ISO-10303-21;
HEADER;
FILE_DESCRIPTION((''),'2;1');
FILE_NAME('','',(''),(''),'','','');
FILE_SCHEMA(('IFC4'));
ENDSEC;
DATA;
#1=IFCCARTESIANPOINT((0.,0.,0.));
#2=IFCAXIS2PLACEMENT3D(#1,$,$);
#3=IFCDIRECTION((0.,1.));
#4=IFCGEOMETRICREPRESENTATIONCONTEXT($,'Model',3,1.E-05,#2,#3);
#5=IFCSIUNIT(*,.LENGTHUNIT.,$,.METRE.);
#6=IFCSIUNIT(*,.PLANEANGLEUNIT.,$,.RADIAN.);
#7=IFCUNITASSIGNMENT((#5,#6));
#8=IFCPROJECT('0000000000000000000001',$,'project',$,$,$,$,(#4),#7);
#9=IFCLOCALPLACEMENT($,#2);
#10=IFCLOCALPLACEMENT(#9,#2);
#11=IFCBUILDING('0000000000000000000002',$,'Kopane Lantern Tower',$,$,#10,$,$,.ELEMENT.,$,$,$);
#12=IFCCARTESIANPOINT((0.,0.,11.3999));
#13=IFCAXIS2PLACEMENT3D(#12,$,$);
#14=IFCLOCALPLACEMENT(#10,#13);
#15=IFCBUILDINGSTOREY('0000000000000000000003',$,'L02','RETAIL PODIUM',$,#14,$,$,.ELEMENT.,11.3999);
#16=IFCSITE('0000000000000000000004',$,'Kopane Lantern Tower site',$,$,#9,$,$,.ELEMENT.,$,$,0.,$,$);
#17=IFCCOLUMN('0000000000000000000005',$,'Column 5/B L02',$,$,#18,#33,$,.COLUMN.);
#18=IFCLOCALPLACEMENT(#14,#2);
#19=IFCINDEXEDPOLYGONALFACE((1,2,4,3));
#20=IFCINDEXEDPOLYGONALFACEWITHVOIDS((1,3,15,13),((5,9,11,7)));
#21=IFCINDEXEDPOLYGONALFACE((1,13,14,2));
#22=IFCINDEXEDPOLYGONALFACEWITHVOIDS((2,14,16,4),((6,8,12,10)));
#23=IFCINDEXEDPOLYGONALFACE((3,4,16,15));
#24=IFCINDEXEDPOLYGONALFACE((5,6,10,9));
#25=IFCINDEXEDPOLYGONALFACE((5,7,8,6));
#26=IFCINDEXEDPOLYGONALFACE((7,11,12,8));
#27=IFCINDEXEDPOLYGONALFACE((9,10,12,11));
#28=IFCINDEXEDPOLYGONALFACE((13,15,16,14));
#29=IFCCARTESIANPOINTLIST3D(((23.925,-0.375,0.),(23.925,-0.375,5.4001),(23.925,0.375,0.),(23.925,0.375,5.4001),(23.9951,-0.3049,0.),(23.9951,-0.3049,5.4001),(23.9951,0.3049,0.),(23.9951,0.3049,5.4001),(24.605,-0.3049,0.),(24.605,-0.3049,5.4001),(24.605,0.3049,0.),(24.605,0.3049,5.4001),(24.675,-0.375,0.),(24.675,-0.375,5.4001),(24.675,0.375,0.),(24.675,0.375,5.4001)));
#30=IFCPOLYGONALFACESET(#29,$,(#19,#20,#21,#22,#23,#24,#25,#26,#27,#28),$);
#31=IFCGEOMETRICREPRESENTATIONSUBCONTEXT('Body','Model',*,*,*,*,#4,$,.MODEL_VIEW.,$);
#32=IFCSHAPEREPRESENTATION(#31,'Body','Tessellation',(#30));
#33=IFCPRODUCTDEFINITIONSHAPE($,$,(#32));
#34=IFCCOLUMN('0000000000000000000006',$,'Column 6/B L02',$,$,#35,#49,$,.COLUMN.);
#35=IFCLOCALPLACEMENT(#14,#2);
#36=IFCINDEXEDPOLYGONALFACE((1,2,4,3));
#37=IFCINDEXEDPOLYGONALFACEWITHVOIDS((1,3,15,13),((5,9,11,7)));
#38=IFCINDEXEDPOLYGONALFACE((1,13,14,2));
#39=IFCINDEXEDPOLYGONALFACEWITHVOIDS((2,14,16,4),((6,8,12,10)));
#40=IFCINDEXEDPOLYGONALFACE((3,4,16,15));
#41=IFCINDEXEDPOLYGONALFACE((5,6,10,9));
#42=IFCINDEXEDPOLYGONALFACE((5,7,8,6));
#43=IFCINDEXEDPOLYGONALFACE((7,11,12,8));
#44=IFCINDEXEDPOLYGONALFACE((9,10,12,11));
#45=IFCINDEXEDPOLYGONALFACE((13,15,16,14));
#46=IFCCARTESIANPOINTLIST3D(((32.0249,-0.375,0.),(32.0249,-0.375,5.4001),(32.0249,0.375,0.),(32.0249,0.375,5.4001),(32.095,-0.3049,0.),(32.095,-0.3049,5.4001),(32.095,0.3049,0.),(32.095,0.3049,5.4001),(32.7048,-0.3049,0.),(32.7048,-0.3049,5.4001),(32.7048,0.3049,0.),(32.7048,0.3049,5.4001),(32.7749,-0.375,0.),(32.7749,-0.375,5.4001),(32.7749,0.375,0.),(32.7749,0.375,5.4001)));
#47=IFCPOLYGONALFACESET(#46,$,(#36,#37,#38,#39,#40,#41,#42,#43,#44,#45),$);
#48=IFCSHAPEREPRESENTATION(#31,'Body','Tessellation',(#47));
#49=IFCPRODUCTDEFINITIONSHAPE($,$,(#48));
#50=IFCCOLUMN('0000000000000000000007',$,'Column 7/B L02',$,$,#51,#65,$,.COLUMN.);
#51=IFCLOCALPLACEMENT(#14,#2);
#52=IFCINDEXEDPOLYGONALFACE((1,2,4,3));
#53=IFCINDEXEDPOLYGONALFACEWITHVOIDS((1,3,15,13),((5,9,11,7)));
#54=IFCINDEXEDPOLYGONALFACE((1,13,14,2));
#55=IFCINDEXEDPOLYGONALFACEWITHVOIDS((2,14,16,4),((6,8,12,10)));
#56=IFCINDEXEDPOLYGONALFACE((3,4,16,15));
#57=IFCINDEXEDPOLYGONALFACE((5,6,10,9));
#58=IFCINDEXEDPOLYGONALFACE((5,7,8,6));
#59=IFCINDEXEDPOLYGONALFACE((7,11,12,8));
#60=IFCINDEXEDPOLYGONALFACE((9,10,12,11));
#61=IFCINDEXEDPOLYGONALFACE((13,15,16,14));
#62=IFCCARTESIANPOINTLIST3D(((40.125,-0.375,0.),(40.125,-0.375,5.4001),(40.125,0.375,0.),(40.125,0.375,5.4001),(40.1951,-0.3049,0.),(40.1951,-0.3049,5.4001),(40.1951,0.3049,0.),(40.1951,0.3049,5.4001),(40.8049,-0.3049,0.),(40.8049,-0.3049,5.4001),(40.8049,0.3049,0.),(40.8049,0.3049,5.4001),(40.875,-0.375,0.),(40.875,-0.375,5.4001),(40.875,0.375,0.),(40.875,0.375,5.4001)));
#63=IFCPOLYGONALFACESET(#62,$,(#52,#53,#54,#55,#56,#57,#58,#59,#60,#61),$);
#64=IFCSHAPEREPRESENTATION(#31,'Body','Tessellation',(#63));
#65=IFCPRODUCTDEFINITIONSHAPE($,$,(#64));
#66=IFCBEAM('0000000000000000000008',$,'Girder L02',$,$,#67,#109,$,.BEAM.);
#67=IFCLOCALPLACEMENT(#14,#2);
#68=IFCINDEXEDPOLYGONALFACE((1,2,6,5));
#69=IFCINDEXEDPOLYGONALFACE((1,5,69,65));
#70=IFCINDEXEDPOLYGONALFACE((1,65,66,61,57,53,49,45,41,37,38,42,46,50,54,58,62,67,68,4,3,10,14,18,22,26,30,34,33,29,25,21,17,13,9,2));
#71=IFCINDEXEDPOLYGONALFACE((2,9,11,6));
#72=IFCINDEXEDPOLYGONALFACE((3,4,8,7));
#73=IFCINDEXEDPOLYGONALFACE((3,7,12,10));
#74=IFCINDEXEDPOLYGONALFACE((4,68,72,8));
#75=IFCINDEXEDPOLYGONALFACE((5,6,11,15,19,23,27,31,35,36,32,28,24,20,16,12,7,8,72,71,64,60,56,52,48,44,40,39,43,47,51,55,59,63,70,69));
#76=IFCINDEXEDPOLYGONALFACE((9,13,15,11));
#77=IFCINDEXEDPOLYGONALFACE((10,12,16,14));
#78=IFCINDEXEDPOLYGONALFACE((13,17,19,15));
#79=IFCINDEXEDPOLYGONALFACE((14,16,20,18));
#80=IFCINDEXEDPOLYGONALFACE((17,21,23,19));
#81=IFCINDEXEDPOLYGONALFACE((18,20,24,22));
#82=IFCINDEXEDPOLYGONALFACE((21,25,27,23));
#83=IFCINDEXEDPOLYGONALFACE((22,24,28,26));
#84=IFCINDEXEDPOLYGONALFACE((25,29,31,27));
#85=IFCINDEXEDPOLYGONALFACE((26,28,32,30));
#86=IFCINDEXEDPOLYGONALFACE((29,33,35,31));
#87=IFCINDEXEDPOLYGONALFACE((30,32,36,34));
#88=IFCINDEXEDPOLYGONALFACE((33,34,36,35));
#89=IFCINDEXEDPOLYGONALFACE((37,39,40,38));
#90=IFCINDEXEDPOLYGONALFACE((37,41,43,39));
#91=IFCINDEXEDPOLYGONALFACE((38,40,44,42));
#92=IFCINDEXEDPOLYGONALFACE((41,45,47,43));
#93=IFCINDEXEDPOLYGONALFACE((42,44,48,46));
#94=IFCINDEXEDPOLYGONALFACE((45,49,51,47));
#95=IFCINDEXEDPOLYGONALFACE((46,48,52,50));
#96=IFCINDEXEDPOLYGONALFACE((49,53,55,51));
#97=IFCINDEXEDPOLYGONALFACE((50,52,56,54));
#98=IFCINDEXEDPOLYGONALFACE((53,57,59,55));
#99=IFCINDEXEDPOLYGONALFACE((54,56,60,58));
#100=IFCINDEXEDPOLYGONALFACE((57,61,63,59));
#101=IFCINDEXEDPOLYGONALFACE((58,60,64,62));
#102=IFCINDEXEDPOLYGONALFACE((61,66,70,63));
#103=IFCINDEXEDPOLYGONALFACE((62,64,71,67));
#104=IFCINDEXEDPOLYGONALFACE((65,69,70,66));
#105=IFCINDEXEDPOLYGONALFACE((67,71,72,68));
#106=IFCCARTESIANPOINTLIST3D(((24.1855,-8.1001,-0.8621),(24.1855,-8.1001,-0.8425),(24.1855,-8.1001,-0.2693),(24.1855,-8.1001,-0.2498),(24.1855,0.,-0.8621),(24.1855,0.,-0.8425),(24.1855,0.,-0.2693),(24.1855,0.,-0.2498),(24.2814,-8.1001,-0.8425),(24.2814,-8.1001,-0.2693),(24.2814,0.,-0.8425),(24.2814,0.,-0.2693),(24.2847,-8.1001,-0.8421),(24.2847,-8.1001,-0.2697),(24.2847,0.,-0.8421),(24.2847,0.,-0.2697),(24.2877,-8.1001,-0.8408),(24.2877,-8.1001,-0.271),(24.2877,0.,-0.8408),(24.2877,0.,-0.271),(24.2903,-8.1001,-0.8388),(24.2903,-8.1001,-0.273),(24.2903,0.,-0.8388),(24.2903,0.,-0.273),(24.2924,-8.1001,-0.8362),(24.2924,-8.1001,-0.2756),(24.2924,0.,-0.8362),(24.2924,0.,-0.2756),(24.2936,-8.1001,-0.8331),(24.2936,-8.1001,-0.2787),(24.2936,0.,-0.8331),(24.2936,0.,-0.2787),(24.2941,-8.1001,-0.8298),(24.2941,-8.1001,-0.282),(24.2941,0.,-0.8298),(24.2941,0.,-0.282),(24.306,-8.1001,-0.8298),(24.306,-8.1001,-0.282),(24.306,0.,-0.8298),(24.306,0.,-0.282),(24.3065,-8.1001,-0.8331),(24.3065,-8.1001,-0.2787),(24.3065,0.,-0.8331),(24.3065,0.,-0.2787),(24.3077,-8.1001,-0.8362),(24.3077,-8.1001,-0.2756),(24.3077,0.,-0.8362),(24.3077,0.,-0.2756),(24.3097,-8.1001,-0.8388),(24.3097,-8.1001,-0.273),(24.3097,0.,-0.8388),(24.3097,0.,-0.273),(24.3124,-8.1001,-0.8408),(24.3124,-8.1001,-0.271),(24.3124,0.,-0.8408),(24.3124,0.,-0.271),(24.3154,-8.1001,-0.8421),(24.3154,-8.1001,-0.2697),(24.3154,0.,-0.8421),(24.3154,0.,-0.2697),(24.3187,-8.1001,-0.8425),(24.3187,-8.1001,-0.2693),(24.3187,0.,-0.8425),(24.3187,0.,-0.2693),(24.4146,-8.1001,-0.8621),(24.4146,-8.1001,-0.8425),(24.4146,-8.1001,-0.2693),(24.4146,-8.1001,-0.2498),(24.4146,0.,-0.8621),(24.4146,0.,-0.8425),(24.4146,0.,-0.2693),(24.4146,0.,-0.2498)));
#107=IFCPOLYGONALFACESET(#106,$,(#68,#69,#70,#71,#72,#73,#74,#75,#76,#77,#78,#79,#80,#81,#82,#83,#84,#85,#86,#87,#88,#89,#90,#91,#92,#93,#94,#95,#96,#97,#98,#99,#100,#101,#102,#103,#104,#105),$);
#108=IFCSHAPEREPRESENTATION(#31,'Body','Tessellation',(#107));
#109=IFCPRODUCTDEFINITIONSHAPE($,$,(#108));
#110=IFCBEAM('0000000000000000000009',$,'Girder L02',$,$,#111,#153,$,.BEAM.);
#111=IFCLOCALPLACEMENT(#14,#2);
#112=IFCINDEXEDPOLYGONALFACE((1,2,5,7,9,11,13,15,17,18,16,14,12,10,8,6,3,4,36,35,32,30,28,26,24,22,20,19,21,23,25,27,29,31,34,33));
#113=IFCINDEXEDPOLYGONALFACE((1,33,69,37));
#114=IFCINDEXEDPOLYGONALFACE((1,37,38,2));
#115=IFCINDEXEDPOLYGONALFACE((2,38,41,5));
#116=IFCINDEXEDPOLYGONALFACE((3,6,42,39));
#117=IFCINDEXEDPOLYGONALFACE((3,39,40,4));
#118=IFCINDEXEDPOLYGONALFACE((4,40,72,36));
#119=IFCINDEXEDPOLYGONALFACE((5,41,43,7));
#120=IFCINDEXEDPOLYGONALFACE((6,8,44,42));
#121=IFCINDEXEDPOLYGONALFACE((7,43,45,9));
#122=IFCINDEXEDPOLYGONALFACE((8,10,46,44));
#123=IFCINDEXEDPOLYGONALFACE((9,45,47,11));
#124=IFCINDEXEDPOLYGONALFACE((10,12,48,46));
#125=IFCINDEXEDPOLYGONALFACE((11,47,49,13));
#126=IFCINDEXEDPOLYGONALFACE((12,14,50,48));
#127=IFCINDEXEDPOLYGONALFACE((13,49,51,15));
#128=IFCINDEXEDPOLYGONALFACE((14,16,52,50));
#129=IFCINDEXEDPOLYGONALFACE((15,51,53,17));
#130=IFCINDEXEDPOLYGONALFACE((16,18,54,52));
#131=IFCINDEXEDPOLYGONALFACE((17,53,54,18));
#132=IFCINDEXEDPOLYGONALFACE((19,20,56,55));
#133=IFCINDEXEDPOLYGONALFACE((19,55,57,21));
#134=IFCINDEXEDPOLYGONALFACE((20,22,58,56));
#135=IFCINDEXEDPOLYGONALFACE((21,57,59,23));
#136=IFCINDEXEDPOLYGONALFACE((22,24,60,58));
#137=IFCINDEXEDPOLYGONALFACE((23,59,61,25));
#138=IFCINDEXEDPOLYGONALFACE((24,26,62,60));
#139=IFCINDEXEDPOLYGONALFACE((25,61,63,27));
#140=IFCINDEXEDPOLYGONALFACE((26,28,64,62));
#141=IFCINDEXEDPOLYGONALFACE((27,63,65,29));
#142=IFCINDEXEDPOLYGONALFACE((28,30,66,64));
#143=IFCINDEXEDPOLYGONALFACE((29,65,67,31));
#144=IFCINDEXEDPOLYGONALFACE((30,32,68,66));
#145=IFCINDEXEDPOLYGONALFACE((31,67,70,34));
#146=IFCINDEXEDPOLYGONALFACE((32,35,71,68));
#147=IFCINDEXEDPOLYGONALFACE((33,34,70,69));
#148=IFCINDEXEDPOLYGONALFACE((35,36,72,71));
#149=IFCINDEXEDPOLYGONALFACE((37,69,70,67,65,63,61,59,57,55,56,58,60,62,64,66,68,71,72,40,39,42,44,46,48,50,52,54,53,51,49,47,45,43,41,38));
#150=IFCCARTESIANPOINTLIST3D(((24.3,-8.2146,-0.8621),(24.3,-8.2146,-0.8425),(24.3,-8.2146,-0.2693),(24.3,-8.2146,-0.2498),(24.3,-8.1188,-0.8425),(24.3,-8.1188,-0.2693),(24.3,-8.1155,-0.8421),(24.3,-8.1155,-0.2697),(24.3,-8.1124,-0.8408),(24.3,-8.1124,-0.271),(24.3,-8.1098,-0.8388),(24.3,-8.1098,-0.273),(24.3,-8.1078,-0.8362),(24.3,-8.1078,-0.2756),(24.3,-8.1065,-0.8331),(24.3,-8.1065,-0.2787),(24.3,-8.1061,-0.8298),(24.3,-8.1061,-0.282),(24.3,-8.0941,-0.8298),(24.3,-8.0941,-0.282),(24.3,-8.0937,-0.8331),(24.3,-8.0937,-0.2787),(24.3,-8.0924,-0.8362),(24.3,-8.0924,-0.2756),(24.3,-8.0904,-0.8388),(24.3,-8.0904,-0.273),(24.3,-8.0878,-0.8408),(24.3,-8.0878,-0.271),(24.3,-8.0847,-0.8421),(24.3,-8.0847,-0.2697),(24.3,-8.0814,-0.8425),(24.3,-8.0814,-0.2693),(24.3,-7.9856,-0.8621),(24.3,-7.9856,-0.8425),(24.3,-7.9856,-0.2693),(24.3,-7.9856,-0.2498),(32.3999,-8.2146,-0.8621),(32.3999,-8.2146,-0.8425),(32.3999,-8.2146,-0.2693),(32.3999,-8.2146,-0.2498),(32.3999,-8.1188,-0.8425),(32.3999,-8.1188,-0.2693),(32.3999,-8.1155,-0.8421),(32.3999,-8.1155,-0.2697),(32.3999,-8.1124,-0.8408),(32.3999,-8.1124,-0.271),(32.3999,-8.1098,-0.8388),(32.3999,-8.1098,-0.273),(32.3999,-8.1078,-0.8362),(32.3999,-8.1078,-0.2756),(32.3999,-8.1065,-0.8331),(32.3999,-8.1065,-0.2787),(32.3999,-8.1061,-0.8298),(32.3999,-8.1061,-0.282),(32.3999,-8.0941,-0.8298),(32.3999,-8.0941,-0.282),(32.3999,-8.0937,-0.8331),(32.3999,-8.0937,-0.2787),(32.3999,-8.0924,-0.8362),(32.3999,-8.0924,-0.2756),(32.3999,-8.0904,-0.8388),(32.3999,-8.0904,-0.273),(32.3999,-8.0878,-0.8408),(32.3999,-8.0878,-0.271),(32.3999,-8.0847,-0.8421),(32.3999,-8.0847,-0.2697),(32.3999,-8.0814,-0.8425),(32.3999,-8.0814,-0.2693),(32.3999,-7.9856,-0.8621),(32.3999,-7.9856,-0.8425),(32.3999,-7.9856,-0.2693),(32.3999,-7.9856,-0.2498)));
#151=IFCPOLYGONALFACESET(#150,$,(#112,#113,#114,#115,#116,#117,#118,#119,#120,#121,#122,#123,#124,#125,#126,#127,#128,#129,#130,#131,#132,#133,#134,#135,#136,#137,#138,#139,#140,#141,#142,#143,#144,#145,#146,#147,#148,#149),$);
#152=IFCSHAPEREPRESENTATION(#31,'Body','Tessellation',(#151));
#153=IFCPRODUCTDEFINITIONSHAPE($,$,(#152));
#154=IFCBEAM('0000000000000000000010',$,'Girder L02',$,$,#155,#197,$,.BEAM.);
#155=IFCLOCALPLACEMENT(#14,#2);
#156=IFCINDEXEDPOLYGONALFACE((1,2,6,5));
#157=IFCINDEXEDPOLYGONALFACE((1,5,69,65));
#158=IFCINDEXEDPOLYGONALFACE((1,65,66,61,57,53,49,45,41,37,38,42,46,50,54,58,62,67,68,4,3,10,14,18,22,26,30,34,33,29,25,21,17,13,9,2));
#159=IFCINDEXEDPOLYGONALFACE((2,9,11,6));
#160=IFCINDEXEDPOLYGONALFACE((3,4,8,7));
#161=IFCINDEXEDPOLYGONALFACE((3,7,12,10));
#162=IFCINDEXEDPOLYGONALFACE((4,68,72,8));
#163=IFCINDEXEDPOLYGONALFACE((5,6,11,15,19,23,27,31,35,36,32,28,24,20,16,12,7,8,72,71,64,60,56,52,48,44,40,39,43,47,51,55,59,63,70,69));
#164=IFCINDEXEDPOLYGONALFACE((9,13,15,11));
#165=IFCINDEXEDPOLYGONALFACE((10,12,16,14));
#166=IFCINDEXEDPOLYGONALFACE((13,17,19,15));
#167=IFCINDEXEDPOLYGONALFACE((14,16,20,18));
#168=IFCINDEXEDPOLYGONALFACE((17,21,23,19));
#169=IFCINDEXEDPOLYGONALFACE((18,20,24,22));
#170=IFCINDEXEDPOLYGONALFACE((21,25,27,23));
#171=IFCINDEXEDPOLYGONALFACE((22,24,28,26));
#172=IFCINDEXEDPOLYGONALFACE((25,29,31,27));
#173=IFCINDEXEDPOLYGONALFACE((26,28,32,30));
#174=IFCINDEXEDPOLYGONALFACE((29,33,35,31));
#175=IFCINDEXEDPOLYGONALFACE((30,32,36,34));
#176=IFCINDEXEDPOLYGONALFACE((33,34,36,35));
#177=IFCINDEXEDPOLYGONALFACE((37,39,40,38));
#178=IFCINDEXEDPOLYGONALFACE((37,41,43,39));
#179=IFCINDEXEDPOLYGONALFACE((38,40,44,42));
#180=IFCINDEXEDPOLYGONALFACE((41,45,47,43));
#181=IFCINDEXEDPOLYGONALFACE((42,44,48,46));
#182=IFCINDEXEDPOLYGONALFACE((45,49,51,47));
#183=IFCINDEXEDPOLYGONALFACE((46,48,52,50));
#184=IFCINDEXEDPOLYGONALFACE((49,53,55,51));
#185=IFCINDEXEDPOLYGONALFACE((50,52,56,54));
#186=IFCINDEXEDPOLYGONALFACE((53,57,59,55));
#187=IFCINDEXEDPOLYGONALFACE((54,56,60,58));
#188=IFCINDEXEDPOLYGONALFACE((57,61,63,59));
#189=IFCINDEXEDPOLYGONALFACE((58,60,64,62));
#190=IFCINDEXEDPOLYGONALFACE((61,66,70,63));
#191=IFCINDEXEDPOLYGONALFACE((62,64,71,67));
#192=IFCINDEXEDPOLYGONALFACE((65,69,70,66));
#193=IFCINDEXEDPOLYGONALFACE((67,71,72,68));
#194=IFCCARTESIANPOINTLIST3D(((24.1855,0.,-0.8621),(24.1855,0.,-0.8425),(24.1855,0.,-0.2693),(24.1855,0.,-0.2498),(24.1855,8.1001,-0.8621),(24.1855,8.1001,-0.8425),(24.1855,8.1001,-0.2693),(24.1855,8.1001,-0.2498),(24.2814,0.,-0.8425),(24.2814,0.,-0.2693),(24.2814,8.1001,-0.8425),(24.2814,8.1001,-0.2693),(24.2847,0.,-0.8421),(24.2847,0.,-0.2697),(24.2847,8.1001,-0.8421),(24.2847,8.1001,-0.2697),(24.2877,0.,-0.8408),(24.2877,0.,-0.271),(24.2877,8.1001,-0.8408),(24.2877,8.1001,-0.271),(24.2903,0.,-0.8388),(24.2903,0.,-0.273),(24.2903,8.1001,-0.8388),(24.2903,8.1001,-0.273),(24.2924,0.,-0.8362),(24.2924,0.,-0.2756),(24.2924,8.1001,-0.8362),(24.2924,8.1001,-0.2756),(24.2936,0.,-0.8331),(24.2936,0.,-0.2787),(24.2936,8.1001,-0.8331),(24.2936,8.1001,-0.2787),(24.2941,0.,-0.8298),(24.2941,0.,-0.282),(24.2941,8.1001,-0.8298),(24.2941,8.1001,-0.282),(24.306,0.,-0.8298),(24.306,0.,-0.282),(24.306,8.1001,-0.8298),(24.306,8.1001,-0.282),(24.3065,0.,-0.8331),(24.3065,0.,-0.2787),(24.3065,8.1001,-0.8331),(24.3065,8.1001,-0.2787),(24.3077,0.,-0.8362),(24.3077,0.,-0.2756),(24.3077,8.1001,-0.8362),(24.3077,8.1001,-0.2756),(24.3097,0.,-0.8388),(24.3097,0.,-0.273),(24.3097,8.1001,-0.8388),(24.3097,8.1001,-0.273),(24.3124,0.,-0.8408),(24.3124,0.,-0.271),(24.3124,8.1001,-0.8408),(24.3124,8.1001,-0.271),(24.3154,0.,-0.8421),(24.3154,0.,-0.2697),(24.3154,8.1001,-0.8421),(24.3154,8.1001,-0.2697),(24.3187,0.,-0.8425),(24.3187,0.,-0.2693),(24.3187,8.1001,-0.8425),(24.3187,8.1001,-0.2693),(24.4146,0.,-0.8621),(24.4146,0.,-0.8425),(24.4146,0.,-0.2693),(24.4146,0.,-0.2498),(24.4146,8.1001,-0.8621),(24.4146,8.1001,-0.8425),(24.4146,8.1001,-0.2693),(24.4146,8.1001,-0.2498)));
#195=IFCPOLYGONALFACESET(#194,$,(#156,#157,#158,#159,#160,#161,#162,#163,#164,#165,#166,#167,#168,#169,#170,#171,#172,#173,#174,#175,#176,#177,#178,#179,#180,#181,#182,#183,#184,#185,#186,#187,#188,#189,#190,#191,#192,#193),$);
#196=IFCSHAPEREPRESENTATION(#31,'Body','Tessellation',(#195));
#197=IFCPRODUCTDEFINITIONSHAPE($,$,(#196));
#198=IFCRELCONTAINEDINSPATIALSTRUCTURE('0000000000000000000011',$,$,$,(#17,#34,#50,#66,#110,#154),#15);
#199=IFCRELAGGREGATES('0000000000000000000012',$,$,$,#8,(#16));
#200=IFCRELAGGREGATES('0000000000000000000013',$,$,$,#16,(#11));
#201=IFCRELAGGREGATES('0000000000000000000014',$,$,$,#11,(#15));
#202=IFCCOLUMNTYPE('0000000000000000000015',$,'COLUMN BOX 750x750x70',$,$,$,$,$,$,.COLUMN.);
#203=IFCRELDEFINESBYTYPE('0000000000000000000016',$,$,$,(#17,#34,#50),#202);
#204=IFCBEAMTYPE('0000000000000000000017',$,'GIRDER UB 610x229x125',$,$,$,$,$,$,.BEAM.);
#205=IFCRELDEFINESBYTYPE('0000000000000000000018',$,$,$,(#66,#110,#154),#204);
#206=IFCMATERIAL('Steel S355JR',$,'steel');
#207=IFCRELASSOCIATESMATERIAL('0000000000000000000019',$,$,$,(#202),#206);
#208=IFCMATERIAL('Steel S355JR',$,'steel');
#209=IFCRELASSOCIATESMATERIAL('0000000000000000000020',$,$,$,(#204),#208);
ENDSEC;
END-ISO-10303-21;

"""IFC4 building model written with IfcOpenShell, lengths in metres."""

from ifc_helpers import new_model, si_unit, direction, frame, origin, origin_2d, place, context, subcontext, project, spatial, hollow_rectangle, i_section, extrude, material, material_profile, profile_set, type_object, element, save


model = new_model("IFC4")

# Units and contexts
model_context = context("Model", 3, precision=1e-05, world=origin(), true_north=direction((0.0, 1.0)))
body_context = subcontext(model_context, "Body", "Model", "MODEL_VIEW")
ifc_project = project(units=[si_unit("LENGTHUNIT", "METRE"), si_unit("PLANEANGLEUNIT", "RADIAN")], contexts=[model_context])

# Site, building, storey
site_placement = place(None, origin())
site = spatial("IfcSite", under=ifc_project, at=site_placement, Name="Kopane Lantern Tower site", CompositionType="ELEMENT", RefElevation=0.0)
building_placement = place(site_placement, origin())
building = spatial("IfcBuilding", under=site, at=building_placement, Name="Kopane Lantern Tower", CompositionType="ELEMENT")
storey_placement = place(building_placement, frame((0.0, 0.0, 11.3999)))
storey = spatial("IfcBuildingStorey", under=building, at=storey_placement, Name="L02", Description="RETAIL PODIUM", CompositionType="ELEMENT", Elevation=11.3999)

# Columns
ifc_material_1 = material(Name="Steel S355JR", Category="steel")
ifc_material_profile_1 = material_profile(ifc_material_1, hollow_rectangle(XDim=0.75, YDim=0.75, WallThickness=0.0701, at=origin_2d()), Name="BOX 750x750x70")
ifc_profile_set_1 = profile_set([ifc_material_profile_1], Name="Steel S355JR")
column_type = type_object("IfcColumnType", Name="COLUMN BOX 750x750x70", PredefinedType="COLUMN", material=ifc_profile_set_1)
for number, where, z_axis, x_axis, name in (
    (1, (24.3, 0.0, 0.0), (0.0, 0.0, 1.0), (1.0, 0.0, 0.0), "Column 5/B L02"),
    (2, (32.3999, 0.0, 0.0), (0.0, 0.0, 1.0), (1.0, 0.0, 0.0), "Column 6/B L02"),
    (3, (40.5, 0.0, 0.0), (0.0, 0.0, 1.0), (1.0, 0.0, 0.0), "Column 7/B L02"),
):
    element("IfcColumn", number, at=place(storey_placement, frame(where, z_axis=z_axis, x_axis=x_axis)), inside=storey, type_object=column_type, Name=name, PredefinedType="COLUMN", context=body_context, shape_type="SweptSolid", body=[
        extrude(hollow_rectangle(XDim=0.75, YDim=0.75, WallThickness=0.0701, at=origin_2d()), origin(), (0.0, 0.0, 1.0), 5.4001),
    ])

# Beams
ifc_material_2 = material(Name="Steel S355JR", Category="steel")
ifc_material_profile_2 = material_profile(ifc_material_2, i_section(OverallWidth=0.229, OverallDepth=0.6123, WebThickness=0.012, FlangeThickness=0.0195, FilletRadius=0.0127, at=origin_2d()), Name="UB 610x229x125")
ifc_profile_set_2 = profile_set([ifc_material_profile_2], Name="Steel S355JR")
beam_type = type_object("IfcBeamType", Name="GIRDER UB 610x229x125", PredefinedType="BEAM", material=ifc_profile_set_2)
beam_1_placement = place(storey_placement, frame((24.3, -8.1001, -0.5559), z_axis=(0.0, 1.0, 0.0), x_axis=(-1.0, 0.0, 0.0)))
element("IfcBeam", 4, at=beam_1_placement, inside=storey, type_object=beam_type, Name="Girder L02", PredefinedType="BEAM", context=body_context, shape_type="SweptSolid", body=[
    extrude(i_section(OverallWidth=0.229, OverallDepth=0.6123, WebThickness=0.012, FlangeThickness=0.0195, FilletRadius=0.0127, at=origin_2d()), origin(), (0.0, 0.0, 1.0), 8.1001),
])
beam_2_placement = place(storey_placement, frame((24.3, -8.1001, -0.5559), z_axis=(1.0, 0.0, 0.0), x_axis=(0.0, 1.0, 0.0)))
element("IfcBeam", 5, at=beam_2_placement, inside=storey, type_object=beam_type, Name="Girder L02", PredefinedType="BEAM", context=body_context, shape_type="SweptSolid", body=[
    extrude(i_section(OverallWidth=0.229, OverallDepth=0.6123, WebThickness=0.012, FlangeThickness=0.0195, FilletRadius=0.0127, at=origin_2d()), origin(), (0.0, 0.0, 1.0), 8.0999),
])
beam_3_placement = place(storey_placement, frame((24.3, 0.0, -0.5559), z_axis=(0.0, 1.0, 0.0), x_axis=(-1.0, 0.0, 0.0)))
element("IfcBeam", 6, at=beam_3_placement, inside=storey, type_object=beam_type, Name="Girder L02", PredefinedType="BEAM", context=body_context, shape_type="SweptSolid", body=[
    extrude(i_section(OverallWidth=0.229, OverallDepth=0.6123, WebThickness=0.012, FlangeThickness=0.0195, FilletRadius=0.0127, at=origin_2d()), origin(), (0.0, 0.0, 1.0), 8.1001),
])

save(model, "model.ifc")
